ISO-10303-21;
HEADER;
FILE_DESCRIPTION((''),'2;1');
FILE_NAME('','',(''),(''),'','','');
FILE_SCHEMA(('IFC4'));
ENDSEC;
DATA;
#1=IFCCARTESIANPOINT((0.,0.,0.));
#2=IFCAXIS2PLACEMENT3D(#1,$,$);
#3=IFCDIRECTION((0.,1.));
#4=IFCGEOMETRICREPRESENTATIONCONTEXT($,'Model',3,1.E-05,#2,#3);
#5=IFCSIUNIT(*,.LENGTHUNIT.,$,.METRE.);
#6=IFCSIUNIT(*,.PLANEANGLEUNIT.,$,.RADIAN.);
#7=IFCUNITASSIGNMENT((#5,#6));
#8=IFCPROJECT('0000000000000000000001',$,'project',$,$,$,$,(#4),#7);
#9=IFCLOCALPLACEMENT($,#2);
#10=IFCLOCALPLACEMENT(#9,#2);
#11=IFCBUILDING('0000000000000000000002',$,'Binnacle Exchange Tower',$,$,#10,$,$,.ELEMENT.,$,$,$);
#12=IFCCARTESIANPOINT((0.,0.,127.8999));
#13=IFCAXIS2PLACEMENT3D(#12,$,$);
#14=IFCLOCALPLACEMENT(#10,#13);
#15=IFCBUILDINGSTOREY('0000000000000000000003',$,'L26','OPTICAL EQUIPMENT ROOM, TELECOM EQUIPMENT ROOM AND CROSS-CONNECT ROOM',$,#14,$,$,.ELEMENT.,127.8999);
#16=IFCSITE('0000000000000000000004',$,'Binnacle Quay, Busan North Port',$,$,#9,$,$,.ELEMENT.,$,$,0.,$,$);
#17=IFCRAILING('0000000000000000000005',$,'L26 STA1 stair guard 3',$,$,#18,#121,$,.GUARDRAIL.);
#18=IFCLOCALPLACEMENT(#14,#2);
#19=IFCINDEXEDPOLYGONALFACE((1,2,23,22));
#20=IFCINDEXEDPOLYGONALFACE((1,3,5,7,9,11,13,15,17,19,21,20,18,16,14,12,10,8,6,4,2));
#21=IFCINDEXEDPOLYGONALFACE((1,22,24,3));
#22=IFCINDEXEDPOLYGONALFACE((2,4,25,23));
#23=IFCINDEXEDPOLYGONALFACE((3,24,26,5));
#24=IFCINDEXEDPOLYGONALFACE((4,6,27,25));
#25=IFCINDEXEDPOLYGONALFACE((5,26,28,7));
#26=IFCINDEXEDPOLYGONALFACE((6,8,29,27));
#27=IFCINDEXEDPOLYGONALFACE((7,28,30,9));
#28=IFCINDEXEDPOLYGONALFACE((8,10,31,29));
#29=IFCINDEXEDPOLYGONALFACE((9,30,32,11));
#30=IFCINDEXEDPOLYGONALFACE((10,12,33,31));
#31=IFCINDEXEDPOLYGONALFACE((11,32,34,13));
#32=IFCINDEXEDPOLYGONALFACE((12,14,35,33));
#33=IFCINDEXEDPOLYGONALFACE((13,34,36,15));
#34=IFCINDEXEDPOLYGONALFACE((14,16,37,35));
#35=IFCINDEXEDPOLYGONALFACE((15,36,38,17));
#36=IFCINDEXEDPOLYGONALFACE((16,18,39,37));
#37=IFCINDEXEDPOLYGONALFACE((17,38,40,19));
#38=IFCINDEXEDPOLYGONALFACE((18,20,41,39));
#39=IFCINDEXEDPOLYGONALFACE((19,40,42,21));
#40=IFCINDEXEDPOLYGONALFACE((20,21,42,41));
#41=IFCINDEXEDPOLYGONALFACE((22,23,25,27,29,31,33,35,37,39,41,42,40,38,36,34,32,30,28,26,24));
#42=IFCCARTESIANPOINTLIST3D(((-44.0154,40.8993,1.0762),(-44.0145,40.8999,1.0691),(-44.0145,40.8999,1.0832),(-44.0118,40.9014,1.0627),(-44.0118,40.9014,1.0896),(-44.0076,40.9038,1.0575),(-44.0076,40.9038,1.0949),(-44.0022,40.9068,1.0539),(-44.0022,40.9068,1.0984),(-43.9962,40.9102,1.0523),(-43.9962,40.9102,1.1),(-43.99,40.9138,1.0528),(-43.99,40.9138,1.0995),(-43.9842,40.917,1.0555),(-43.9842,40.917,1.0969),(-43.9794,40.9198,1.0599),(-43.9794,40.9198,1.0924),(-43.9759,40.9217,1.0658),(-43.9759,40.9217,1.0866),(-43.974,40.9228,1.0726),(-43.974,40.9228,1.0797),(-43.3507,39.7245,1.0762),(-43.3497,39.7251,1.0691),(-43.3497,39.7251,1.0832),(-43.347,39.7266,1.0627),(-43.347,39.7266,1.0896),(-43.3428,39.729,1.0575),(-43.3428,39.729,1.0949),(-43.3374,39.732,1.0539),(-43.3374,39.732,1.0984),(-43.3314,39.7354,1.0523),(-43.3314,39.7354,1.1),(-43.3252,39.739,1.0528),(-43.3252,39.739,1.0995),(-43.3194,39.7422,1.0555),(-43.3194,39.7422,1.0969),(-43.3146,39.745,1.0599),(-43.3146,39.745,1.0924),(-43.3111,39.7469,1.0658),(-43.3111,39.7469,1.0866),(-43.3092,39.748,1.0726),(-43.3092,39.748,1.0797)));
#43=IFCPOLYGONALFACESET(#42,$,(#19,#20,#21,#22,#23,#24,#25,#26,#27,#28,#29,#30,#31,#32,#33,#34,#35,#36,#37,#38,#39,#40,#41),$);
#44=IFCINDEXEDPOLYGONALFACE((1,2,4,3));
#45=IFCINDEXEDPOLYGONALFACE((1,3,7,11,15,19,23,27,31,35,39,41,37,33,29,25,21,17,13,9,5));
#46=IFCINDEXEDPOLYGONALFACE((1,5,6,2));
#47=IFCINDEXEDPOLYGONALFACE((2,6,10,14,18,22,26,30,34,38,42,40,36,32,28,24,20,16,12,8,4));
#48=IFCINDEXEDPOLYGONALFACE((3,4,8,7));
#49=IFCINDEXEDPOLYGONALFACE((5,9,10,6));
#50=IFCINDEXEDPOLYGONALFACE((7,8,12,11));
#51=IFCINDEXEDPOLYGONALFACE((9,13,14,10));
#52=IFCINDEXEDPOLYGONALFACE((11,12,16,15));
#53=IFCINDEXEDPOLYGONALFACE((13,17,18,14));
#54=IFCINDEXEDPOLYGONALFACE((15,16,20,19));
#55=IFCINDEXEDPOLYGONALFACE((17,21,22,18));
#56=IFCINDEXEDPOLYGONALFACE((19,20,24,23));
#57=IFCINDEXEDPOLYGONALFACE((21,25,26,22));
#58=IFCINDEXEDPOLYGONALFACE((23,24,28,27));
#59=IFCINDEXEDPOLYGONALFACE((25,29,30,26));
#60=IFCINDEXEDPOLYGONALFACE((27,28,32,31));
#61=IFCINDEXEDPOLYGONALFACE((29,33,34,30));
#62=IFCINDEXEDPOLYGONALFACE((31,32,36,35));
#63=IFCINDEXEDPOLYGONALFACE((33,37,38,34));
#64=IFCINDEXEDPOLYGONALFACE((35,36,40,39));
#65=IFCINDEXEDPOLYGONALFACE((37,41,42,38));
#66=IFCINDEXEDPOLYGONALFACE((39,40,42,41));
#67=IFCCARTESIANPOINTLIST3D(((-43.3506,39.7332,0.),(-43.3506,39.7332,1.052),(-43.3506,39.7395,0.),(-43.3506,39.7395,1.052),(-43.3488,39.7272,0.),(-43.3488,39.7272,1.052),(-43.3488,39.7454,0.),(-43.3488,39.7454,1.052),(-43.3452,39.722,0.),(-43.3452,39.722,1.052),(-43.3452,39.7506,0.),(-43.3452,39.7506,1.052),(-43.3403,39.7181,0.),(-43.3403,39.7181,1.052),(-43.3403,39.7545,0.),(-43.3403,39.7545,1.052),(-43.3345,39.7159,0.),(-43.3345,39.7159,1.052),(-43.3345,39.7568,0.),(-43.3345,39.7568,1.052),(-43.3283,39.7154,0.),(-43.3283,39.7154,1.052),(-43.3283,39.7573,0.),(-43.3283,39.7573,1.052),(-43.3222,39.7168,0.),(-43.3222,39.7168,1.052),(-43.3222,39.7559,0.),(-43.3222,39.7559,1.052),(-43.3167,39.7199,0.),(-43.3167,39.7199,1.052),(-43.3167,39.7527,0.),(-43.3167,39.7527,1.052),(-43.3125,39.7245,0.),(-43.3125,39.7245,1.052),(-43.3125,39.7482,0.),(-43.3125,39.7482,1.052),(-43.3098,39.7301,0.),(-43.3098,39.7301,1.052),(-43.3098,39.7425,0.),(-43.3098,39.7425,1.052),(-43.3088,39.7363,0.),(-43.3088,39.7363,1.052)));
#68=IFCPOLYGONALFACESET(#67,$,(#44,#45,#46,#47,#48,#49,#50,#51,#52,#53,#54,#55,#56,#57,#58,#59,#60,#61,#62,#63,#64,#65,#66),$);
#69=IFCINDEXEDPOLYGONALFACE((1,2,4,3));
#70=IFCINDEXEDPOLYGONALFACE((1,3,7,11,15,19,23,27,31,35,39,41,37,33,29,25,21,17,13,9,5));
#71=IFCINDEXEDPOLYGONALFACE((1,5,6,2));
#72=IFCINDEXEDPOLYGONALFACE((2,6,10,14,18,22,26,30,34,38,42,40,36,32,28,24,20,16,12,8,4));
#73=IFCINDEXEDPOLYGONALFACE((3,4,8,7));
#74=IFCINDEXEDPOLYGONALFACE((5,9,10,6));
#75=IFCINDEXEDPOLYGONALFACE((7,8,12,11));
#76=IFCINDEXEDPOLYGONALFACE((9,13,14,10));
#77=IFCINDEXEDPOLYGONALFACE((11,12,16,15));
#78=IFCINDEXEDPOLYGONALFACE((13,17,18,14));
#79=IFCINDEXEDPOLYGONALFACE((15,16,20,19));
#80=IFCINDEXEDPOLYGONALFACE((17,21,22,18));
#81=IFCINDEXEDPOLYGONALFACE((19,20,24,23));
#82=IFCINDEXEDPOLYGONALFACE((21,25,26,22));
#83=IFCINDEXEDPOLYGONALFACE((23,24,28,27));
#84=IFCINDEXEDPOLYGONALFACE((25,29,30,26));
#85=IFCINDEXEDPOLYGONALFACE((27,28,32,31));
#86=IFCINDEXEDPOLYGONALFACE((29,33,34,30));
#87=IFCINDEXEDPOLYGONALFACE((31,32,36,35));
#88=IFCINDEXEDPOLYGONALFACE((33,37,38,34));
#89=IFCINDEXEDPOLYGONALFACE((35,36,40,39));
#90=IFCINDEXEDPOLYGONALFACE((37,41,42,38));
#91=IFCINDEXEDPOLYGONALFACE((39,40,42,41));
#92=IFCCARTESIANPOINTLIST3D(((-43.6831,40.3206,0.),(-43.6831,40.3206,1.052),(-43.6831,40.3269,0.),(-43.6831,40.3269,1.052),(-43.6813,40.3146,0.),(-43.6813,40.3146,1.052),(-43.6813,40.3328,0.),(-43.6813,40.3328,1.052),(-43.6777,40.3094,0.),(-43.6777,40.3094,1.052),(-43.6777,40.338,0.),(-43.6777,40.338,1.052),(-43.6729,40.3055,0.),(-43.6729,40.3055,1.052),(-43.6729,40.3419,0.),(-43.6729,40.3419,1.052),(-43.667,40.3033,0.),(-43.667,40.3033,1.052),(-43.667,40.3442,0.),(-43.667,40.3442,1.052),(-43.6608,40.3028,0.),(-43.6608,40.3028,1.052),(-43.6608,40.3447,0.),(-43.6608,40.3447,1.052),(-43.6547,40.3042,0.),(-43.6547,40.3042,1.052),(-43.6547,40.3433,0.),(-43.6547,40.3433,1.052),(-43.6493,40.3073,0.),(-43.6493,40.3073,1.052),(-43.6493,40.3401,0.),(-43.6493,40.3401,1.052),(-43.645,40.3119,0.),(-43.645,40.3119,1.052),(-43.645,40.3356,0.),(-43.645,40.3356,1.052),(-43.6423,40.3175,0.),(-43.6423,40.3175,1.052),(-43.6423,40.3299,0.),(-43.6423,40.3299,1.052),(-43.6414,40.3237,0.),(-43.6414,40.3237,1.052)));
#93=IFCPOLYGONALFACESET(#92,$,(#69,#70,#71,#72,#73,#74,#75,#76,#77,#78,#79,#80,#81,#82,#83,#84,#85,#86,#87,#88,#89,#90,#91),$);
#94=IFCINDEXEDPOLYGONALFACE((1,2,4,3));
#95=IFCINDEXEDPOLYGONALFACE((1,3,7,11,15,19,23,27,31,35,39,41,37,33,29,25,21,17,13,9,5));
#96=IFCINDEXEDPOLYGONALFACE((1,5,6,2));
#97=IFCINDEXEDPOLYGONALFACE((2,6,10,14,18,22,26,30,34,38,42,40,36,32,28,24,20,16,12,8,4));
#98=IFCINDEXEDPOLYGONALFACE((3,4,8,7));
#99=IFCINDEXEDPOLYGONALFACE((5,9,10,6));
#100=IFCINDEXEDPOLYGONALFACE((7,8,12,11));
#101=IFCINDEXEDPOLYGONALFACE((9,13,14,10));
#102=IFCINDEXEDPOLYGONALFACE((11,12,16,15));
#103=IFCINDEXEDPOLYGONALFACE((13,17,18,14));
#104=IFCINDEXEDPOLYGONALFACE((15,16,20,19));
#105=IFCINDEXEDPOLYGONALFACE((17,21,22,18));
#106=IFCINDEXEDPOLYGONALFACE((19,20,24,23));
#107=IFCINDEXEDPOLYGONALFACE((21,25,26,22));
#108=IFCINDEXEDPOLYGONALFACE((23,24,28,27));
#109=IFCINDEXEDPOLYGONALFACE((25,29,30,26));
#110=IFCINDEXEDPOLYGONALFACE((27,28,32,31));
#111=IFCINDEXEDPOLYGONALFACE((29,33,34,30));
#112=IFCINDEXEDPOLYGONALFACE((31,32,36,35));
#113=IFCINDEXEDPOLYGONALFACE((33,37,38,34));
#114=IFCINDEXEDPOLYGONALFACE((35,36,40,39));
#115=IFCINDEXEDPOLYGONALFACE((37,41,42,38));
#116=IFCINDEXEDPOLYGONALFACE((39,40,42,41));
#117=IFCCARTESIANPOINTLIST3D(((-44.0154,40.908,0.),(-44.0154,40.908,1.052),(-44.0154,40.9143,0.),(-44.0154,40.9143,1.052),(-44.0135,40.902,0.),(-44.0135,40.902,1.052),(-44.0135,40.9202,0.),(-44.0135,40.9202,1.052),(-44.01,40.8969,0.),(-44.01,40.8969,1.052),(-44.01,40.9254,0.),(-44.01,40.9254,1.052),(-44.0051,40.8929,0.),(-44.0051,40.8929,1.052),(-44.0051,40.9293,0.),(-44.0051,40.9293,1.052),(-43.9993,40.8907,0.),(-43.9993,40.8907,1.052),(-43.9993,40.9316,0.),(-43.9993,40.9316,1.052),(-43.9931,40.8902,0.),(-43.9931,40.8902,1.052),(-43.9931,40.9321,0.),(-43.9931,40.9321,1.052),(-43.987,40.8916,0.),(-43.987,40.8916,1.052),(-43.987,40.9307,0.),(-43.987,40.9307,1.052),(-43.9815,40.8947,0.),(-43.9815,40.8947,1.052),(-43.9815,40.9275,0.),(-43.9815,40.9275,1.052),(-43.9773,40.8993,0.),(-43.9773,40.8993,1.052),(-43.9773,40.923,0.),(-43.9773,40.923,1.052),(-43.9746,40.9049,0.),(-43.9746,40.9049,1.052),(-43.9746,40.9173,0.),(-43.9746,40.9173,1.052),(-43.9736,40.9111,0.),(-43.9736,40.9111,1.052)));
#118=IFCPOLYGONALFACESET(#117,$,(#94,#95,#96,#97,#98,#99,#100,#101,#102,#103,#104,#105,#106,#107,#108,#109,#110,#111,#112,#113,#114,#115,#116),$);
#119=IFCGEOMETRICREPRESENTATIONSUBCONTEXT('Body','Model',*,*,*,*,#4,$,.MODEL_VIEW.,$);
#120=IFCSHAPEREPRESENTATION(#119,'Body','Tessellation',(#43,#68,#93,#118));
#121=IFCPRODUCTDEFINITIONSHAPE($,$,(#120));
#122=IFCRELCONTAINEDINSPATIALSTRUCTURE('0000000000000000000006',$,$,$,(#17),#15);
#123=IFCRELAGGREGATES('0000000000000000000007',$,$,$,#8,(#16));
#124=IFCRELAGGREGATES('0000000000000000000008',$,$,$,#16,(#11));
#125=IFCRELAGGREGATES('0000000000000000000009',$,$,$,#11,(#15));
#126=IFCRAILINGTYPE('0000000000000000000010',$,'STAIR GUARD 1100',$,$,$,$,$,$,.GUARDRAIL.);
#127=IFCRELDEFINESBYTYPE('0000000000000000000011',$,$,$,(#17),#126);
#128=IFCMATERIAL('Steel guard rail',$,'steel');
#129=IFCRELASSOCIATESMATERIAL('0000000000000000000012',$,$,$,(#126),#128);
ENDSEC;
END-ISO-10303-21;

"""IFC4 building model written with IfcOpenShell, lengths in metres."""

from ifc_helpers import new_model, si_unit, direction, frame, origin, origin_2d, place, context, subcontext, project, spatial, circle, extrude, material, type_object, element, save


model = new_model("IFC4")

# Units and contexts
model_context = context("Model", 3, precision=1e-05, world=origin(), true_north=direction((0.0, 1.0)))
body_context = subcontext(model_context, "Body", "Model", "MODEL_VIEW")
ifc_project = project(units=[si_unit("LENGTHUNIT", "METRE"), si_unit("PLANEANGLEUNIT", "RADIAN")], contexts=[model_context])

# Site, building, storey
site_placement = place(None, origin())
site = spatial("IfcSite", under=ifc_project, at=site_placement, Name="Binnacle Quay, Busan North Port", CompositionType="ELEMENT", RefElevation=0.0)
building_placement = place(site_placement, origin())
building = spatial("IfcBuilding", under=site, at=building_placement, Name="Binnacle Exchange Tower", CompositionType="ELEMENT")
storey_placement = place(building_placement, frame((0.0, 0.0, 127.8999)))
storey = spatial("IfcBuildingStorey", under=building, at=storey_placement, Name="L26", Description="OPTICAL EQUIPMENT ROOM, TELECOM EQUIPMENT ROOM AND CROSS-CONNECT ROOM", CompositionType="ELEMENT", Elevation=127.8999)

# Railing
ifc_material_1 = material(Name="Steel guard rail", Category="steel")
railing_type_1 = type_object("IfcRailingType", Name="STAIR GUARD 1100", PredefinedType="GUARDRAIL", material=ifc_material_1)
railing_1_placement = place(storey_placement, frame((-43.3298, 39.7363, 0.0)))
element("IfcRailing", 1, at=railing_1_placement, inside=storey, type_object=railing_type_1, Name="L26 STA1 stair guard 3", PredefinedType="GUARDRAIL", context=body_context, shape_type="SweptSolid", body=[
    extrude(circle(Radius=0.0239, at=origin_2d()), frame((0.0, 0.0, 1.0762), z_axis=(-0.492492, 0.870317, 0.0), x_axis=(-0.870317, -0.492492, 0.0)), (0.0, 0.0, 1.0), 1.3499),
    extrude(circle(Radius=0.021, at=origin_2d()), origin(), (0.0, 0.0, 1.0), 1.052),
    extrude(circle(Radius=0.021, at=origin_2d()), frame((-0.3325, 0.5874, 0.0)), (0.0, 0.0, 1.0), 1.052),
    extrude(circle(Radius=0.021, at=origin_2d()), frame((-0.6648, 1.1748, 0.0)), (0.0, 0.0, 1.0), 1.052),
])

save(model, "model.ifc")
